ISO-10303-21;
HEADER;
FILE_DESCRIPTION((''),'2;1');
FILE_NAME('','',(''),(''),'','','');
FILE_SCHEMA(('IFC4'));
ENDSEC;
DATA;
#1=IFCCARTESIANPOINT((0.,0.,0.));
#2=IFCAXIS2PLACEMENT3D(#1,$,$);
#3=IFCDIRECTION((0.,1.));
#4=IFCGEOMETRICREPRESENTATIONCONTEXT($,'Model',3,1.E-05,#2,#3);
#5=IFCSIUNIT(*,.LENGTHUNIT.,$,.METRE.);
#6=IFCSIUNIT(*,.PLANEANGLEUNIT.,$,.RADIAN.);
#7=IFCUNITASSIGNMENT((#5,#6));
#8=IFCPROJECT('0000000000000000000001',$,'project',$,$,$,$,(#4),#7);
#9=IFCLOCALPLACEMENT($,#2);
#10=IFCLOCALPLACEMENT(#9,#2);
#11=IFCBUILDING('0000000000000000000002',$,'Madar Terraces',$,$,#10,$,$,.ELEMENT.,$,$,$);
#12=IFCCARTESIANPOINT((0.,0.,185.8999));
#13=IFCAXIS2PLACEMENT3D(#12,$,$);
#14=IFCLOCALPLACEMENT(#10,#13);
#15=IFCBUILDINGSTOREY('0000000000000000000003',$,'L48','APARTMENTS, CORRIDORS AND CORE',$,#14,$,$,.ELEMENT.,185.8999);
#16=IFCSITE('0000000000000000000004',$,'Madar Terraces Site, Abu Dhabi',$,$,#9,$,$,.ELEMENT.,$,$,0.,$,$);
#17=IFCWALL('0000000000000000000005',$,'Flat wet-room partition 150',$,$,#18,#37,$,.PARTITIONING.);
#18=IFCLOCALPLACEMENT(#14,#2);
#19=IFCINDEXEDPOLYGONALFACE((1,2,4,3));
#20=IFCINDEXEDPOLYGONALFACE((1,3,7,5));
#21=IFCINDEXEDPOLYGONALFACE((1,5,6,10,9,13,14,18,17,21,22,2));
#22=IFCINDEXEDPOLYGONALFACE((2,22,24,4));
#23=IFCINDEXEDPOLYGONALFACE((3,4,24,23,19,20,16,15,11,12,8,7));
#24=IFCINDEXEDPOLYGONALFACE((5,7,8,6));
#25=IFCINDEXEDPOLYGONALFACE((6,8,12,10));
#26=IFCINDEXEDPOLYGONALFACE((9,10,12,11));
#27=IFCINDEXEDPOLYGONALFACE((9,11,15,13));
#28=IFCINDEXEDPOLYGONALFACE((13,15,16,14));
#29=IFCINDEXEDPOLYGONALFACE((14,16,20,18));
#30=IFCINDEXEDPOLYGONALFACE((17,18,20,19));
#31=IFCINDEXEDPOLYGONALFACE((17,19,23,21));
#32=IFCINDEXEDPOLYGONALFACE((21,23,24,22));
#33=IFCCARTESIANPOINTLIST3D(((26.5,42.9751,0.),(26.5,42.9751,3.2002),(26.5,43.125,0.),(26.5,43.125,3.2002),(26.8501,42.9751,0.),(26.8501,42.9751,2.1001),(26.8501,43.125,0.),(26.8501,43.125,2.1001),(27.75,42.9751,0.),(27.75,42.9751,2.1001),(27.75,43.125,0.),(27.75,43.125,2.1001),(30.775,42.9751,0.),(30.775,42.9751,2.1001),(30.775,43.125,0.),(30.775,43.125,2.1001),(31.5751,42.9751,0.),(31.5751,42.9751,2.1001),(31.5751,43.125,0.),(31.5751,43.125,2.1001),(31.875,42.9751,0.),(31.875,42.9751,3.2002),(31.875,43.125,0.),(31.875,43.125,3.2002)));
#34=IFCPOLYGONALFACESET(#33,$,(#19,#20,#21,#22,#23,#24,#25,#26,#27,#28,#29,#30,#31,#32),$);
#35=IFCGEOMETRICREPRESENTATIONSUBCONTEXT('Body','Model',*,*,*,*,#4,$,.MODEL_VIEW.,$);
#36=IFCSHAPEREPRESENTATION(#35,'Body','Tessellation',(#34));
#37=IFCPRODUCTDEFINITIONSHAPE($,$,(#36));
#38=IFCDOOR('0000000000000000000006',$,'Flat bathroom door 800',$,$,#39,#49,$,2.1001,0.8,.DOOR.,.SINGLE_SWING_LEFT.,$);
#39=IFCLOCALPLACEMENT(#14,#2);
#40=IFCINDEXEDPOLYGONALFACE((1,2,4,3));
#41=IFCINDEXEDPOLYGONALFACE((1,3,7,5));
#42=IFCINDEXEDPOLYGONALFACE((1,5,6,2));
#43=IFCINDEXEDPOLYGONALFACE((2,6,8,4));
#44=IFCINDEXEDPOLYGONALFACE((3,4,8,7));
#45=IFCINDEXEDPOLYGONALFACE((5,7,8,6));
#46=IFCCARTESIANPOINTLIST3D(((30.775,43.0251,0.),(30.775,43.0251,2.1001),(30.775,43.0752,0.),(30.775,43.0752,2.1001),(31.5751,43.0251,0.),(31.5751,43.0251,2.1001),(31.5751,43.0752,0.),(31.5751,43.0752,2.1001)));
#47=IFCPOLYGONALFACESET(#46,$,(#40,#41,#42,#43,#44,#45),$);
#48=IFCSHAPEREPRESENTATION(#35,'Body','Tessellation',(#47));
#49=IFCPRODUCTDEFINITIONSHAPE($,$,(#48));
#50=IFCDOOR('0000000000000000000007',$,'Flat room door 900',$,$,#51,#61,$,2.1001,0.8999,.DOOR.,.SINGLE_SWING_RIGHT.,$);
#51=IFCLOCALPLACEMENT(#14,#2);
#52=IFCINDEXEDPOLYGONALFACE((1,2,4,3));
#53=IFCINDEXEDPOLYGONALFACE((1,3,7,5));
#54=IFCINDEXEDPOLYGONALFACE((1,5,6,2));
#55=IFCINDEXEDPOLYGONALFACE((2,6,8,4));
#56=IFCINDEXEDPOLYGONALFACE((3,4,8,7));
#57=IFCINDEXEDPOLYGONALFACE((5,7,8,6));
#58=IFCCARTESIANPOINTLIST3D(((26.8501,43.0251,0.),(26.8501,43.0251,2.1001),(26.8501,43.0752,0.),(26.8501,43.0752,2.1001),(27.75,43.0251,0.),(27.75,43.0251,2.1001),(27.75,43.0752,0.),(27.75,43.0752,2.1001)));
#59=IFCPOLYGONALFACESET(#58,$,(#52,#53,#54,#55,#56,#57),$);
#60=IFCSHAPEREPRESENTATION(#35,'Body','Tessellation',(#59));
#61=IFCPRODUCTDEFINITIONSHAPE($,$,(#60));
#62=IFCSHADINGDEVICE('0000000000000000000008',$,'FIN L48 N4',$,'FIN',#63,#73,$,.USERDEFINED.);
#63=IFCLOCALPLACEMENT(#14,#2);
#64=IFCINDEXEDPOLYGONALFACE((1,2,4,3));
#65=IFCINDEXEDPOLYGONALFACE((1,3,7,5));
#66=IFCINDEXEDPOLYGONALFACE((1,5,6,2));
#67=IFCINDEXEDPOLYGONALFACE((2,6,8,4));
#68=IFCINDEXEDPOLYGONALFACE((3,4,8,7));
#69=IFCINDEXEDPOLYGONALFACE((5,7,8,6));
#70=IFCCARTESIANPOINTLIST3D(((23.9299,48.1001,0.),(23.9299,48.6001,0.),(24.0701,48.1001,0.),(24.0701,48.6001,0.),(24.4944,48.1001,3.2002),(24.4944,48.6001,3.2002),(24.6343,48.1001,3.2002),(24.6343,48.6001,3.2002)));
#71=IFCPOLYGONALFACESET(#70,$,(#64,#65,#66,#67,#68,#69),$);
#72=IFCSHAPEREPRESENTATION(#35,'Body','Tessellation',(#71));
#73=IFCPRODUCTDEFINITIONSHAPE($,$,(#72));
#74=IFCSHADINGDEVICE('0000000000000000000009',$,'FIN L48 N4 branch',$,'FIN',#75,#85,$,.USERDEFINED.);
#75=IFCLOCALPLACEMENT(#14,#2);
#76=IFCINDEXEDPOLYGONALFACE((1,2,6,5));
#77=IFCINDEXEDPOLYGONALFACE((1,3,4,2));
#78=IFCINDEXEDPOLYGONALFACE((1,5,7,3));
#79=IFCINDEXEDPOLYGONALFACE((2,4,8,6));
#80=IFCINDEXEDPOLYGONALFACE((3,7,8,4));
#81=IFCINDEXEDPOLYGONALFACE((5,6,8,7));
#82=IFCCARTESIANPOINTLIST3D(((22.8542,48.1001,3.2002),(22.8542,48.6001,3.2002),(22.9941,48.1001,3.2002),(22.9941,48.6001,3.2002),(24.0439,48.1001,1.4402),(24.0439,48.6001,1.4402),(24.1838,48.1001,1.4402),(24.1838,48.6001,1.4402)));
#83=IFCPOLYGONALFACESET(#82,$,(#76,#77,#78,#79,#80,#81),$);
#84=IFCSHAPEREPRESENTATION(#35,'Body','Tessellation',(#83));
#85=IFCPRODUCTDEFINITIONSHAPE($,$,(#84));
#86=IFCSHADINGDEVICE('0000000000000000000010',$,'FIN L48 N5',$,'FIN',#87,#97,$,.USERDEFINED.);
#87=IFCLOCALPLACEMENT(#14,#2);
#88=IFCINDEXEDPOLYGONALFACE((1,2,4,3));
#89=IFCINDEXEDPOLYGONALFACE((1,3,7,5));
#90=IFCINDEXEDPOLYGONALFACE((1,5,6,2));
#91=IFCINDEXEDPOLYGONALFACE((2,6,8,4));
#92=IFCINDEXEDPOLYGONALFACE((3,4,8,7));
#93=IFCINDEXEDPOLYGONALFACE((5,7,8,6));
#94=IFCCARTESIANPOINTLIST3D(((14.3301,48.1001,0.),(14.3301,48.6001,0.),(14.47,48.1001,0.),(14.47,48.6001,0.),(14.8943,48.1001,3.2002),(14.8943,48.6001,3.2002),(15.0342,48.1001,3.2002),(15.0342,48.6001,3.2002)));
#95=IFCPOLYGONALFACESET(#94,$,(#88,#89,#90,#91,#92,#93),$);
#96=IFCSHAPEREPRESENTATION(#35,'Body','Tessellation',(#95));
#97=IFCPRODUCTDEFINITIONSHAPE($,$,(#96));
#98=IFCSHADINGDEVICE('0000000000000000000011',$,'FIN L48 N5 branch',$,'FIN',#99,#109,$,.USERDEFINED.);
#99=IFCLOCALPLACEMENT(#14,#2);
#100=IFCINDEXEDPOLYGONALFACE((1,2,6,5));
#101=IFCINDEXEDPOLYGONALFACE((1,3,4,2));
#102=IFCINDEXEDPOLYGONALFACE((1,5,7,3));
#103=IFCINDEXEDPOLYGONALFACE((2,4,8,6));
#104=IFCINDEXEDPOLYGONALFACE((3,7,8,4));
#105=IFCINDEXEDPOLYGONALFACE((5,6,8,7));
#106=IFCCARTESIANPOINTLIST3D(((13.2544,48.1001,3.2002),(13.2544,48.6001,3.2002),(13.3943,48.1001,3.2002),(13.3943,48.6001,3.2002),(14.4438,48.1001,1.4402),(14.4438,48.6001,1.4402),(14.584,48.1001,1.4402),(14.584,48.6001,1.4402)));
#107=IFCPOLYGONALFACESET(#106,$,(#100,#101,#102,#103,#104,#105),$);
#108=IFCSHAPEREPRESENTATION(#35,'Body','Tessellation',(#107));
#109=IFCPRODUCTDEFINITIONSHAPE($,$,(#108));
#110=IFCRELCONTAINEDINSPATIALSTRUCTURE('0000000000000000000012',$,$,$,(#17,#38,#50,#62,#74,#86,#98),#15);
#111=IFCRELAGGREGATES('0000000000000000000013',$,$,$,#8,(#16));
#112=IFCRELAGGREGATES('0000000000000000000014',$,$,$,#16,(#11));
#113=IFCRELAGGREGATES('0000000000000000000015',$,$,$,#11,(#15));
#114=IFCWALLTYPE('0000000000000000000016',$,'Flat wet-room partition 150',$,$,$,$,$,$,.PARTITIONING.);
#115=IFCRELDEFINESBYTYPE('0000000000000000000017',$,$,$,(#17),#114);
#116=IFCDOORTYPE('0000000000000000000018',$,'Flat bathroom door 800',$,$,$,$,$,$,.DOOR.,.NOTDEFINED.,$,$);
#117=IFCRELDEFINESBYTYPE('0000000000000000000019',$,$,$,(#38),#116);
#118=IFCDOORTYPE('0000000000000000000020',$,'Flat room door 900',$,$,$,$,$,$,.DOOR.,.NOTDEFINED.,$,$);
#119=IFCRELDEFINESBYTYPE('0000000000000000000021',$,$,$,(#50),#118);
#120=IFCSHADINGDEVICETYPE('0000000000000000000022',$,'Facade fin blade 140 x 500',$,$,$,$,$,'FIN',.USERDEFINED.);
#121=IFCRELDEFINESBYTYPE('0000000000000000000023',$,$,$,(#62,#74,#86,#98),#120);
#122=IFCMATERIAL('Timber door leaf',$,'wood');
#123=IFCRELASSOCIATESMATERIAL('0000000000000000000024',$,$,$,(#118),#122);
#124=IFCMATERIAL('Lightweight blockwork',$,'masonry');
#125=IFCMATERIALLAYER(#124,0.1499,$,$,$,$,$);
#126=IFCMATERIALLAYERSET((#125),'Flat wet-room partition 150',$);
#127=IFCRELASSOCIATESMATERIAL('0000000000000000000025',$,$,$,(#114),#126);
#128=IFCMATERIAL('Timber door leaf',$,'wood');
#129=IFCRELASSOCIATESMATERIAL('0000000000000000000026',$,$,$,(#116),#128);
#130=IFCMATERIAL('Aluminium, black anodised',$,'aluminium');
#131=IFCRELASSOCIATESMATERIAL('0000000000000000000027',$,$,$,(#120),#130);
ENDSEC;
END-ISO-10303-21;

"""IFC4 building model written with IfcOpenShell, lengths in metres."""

from ifc_helpers import new_model, si_unit, direction, frame, frame_2d, origin, place, context, subcontext, project, spatial, polyline, rectangle, outline, extrude, material, layer, layer_set, type_object, element, fill, save


model = new_model("IFC4")

# Units and contexts
model_context = context("Model", 3, precision=1e-05, world=origin(), true_north=direction((0.0, 1.0)))
body_context = subcontext(model_context, "Body", "Model", "MODEL_VIEW")
ifc_project = project(units=[si_unit("LENGTHUNIT", "METRE"), si_unit("PLANEANGLEUNIT", "RADIAN")], contexts=[model_context])

# Site, building, storey
site_placement = place(None, origin())
site = spatial("IfcSite", under=ifc_project, at=site_placement, Name="Madar Terraces Site, Abu Dhabi", CompositionType="ELEMENT", RefElevation=0.0)
building_placement = place(site_placement, origin())
building = spatial("IfcBuilding", under=site, at=building_placement, Name="Madar Terraces", CompositionType="ELEMENT")
storey_placement = place(building_placement, frame((0.0, 0.0, 185.8999)))
storey = spatial("IfcBuildingStorey", under=building, at=storey_placement, Name="L48", Description="APARTMENTS, CORRIDORS AND CORE", CompositionType="ELEMENT", Elevation=185.8999)

# Shared definitions
ifc_material_1 = material(Name="Timber door leaf", Category="wood")
door_type_1 = type_object("IfcDoorType", Name="Flat room door 900", OperationType="NOTDEFINED", PredefinedType="DOOR", material=ifc_material_1)

# Wall, openings, doors
ifc_material_2 = material(Name="Lightweight blockwork", Category="masonry")
ifc_layer_1 = layer(ifc_material_2, 0.1499)
ifc_layer_set_1 = layer_set([ifc_layer_1], Name="Flat wet-room partition 150")
wall_type_1 = type_object("IfcWallType", Name="Flat wet-room partition 150", PredefinedType="PARTITIONING", material=ifc_layer_set_1)
wall_1_placement = place(storey_placement, frame((31.875, 43.05, 0.0), z_axis=(0.0, 0.0, 1.0), x_axis=(-1.0, 0.0, 0.0)))
wall_1 = element("IfcWall", 1, at=wall_1_placement, inside=storey, type_object=wall_type_1, Name="Flat wet-room partition 150", PredefinedType="PARTITIONING", context=body_context, shape_type="SweptSolid", body=[
    extrude(rectangle(XDim=5.375, YDim=0.1499, at=frame_2d((2.6875, 0.0))), origin(), (0.0, 0.0, 1.0), 3.2002),
])
opening_1_placement = place(wall_1_placement, frame((0.3, 0.0, 0.0)))
opening_1 = element("IfcOpeningElement", 2, at=opening_1_placement, cuts=wall_1, PredefinedType="OPENING", context=body_context, shape_type="SweptSolid", body=[
    extrude(rectangle(XDim=0.8, YDim=2.1001, at=frame_2d((0.3999, 1.05))), frame((0.0, 0.085, 0.0), z_axis=(0.0, -1.0, 0.0), x_axis=(1.0, 0.0, 0.0)), (0.0, 0.0, 1.0), 0.1699),
])
opening_2_placement = place(wall_1_placement, frame((4.125, 0.0, 0.0)))
opening_2 = element("IfcOpeningElement", 3, at=opening_2_placement, cuts=wall_1, PredefinedType="OPENING", context=body_context, shape_type="SweptSolid", body=[
    extrude(rectangle(XDim=0.8999, YDim=2.1001, at=frame_2d((0.45, 1.05))), frame((0.0, 0.085, 0.0), z_axis=(0.0, -1.0, 0.0), x_axis=(1.0, 0.0, 0.0)), (0.0, 0.0, 1.0), 0.1699),
])
ifc_material_3 = material(Name="Timber door leaf", Category="wood")
door_type_2 = type_object("IfcDoorType", Name="Flat bathroom door 800", OperationType="NOTDEFINED", PredefinedType="DOOR", material=ifc_material_3)
door_1_placement = place(opening_1_placement, origin())
door_1 = element("IfcDoor", 4, at=door_1_placement, inside=storey, type_object=door_type_2, Name="Flat bathroom door 800", OperationType="SINGLE_SWING_LEFT", OverallHeight=2.1001, OverallWidth=0.8, PredefinedType="DOOR", context=body_context, shape_type="SweptSolid", body=[
    extrude(rectangle(XDim=0.8, YDim=2.1001, at=frame_2d((0.3999, 1.05))), frame((0.0, 0.0249, 0.0), z_axis=(0.0, -1.0, 0.0), x_axis=(1.0, 0.0, 0.0)), (0.0, 0.0, 1.0), 0.05),
])
fill(opening_1, door_1)
door_2_placement = place(opening_2_placement, origin())
door_2 = element("IfcDoor", 5, at=door_2_placement, inside=storey, type_object=door_type_1, Name="Flat room door 900", OperationType="SINGLE_SWING_RIGHT", OverallHeight=2.1001, OverallWidth=0.8999, PredefinedType="DOOR", context=body_context, shape_type="SweptSolid", body=[
    extrude(rectangle(XDim=0.8999, YDim=2.1001, at=frame_2d((0.45, 1.05))), frame((0.0, 0.0249, 0.0), z_axis=(0.0, -1.0, 0.0), x_axis=(1.0, 0.0, 0.0)), (0.0, 0.0, 1.0), 0.05),
])
fill(opening_2, door_2)

# Shading devices
ifc_material_4 = material(Name="Aluminium, black anodised", Category="aluminium")
shading_device_type = type_object("IfcShadingDeviceType", Name="Facade fin blade 140 x 500", ElementType="FIN", PredefinedType="USERDEFINED", material=ifc_material_4)
shading_device_1_placement = place(storey_placement, frame((24.0701, 48.3501, 0.0), z_axis=(0.0, 0.0, 1.0), x_axis=(-1.0, 0.0, 0.0)))
element("IfcShadingDevice", 6, at=shading_device_1_placement, inside=storey, type_object=shading_device_type, Name="FIN L48 N4", ObjectType="FIN", PredefinedType="USERDEFINED", context=body_context, shape_type="SweptSolid", body=[
    extrude(outline(polyline([(0.0, 0.0), (0.1401, 0.0), (-0.4243, 3.2002), (-0.5642, 3.2002), (0.0, 0.0)])), frame((0.0, 0.25, 0.0), z_axis=(0.0, -1.0, 0.0), x_axis=(1.0, 0.0, 0.0)), (0.0, 0.0, 1.0), 0.5),
])
shading_device_2_placement = place(storey_placement, frame((24.1838, 48.3501, 1.4402), z_axis=(0.0, 0.0, 1.0), x_axis=(-1.0, 0.0, 0.0)))
element("IfcShadingDevice", 7, at=shading_device_2_placement, inside=storey, type_object=shading_device_type, Name="FIN L48 N4 branch", ObjectType="FIN", PredefinedType="USERDEFINED", context=body_context, shape_type="SweptSolid", body=[
    extrude(outline(polyline([(0.0, 0.0), (0.1399, 0.0), (1.3296, 1.76), (1.1897, 1.76), (0.0, 0.0)])), frame((0.0, 0.25, 0.0), z_axis=(0.0, -1.0, 0.0), x_axis=(1.0, 0.0, 0.0)), (0.0, 0.0, 1.0), 0.5),
])
shading_device_3_placement = place(storey_placement, frame((14.47, 48.3501, 0.0), z_axis=(0.0, 0.0, 1.0), x_axis=(-1.0, 0.0, 0.0)))
element("IfcShadingDevice", 8, at=shading_device_3_placement, inside=storey, type_object=shading_device_type, Name="FIN L48 N5", ObjectType="FIN", PredefinedType="USERDEFINED", context=body_context, shape_type="SweptSolid", body=[
    extrude(outline(polyline([(0.0, 0.0), (0.1399, 0.0), (-0.4243, 3.2002), (-0.5642, 3.2002), (0.0, 0.0)])), frame((0.0, 0.25, 0.0), z_axis=(0.0, -1.0, 0.0), x_axis=(1.0, 0.0, 0.0)), (0.0, 0.0, 1.0), 0.5),
])
shading_device_4_placement = place(storey_placement, frame((14.584, 48.3501, 1.4402), z_axis=(0.0, 0.0, 1.0), x_axis=(-1.0, 0.0, 0.0)))
element("IfcShadingDevice", 9, at=shading_device_4_placement, inside=storey, type_object=shading_device_type, Name="FIN L48 N5 branch", ObjectType="FIN", PredefinedType="USERDEFINED", context=body_context, shape_type="SweptSolid", body=[
    extrude(outline(polyline([(0.0, 0.0), (0.1401, 0.0), (1.3296, 1.76), (1.1897, 1.76), (0.0, 0.0)])), frame((0.0, 0.25, 0.0), z_axis=(0.0, -1.0, 0.0), x_axis=(1.0, 0.0, 0.0)), (0.0, 0.0, 1.0), 0.5),
])

save(model, "model.ifc")
